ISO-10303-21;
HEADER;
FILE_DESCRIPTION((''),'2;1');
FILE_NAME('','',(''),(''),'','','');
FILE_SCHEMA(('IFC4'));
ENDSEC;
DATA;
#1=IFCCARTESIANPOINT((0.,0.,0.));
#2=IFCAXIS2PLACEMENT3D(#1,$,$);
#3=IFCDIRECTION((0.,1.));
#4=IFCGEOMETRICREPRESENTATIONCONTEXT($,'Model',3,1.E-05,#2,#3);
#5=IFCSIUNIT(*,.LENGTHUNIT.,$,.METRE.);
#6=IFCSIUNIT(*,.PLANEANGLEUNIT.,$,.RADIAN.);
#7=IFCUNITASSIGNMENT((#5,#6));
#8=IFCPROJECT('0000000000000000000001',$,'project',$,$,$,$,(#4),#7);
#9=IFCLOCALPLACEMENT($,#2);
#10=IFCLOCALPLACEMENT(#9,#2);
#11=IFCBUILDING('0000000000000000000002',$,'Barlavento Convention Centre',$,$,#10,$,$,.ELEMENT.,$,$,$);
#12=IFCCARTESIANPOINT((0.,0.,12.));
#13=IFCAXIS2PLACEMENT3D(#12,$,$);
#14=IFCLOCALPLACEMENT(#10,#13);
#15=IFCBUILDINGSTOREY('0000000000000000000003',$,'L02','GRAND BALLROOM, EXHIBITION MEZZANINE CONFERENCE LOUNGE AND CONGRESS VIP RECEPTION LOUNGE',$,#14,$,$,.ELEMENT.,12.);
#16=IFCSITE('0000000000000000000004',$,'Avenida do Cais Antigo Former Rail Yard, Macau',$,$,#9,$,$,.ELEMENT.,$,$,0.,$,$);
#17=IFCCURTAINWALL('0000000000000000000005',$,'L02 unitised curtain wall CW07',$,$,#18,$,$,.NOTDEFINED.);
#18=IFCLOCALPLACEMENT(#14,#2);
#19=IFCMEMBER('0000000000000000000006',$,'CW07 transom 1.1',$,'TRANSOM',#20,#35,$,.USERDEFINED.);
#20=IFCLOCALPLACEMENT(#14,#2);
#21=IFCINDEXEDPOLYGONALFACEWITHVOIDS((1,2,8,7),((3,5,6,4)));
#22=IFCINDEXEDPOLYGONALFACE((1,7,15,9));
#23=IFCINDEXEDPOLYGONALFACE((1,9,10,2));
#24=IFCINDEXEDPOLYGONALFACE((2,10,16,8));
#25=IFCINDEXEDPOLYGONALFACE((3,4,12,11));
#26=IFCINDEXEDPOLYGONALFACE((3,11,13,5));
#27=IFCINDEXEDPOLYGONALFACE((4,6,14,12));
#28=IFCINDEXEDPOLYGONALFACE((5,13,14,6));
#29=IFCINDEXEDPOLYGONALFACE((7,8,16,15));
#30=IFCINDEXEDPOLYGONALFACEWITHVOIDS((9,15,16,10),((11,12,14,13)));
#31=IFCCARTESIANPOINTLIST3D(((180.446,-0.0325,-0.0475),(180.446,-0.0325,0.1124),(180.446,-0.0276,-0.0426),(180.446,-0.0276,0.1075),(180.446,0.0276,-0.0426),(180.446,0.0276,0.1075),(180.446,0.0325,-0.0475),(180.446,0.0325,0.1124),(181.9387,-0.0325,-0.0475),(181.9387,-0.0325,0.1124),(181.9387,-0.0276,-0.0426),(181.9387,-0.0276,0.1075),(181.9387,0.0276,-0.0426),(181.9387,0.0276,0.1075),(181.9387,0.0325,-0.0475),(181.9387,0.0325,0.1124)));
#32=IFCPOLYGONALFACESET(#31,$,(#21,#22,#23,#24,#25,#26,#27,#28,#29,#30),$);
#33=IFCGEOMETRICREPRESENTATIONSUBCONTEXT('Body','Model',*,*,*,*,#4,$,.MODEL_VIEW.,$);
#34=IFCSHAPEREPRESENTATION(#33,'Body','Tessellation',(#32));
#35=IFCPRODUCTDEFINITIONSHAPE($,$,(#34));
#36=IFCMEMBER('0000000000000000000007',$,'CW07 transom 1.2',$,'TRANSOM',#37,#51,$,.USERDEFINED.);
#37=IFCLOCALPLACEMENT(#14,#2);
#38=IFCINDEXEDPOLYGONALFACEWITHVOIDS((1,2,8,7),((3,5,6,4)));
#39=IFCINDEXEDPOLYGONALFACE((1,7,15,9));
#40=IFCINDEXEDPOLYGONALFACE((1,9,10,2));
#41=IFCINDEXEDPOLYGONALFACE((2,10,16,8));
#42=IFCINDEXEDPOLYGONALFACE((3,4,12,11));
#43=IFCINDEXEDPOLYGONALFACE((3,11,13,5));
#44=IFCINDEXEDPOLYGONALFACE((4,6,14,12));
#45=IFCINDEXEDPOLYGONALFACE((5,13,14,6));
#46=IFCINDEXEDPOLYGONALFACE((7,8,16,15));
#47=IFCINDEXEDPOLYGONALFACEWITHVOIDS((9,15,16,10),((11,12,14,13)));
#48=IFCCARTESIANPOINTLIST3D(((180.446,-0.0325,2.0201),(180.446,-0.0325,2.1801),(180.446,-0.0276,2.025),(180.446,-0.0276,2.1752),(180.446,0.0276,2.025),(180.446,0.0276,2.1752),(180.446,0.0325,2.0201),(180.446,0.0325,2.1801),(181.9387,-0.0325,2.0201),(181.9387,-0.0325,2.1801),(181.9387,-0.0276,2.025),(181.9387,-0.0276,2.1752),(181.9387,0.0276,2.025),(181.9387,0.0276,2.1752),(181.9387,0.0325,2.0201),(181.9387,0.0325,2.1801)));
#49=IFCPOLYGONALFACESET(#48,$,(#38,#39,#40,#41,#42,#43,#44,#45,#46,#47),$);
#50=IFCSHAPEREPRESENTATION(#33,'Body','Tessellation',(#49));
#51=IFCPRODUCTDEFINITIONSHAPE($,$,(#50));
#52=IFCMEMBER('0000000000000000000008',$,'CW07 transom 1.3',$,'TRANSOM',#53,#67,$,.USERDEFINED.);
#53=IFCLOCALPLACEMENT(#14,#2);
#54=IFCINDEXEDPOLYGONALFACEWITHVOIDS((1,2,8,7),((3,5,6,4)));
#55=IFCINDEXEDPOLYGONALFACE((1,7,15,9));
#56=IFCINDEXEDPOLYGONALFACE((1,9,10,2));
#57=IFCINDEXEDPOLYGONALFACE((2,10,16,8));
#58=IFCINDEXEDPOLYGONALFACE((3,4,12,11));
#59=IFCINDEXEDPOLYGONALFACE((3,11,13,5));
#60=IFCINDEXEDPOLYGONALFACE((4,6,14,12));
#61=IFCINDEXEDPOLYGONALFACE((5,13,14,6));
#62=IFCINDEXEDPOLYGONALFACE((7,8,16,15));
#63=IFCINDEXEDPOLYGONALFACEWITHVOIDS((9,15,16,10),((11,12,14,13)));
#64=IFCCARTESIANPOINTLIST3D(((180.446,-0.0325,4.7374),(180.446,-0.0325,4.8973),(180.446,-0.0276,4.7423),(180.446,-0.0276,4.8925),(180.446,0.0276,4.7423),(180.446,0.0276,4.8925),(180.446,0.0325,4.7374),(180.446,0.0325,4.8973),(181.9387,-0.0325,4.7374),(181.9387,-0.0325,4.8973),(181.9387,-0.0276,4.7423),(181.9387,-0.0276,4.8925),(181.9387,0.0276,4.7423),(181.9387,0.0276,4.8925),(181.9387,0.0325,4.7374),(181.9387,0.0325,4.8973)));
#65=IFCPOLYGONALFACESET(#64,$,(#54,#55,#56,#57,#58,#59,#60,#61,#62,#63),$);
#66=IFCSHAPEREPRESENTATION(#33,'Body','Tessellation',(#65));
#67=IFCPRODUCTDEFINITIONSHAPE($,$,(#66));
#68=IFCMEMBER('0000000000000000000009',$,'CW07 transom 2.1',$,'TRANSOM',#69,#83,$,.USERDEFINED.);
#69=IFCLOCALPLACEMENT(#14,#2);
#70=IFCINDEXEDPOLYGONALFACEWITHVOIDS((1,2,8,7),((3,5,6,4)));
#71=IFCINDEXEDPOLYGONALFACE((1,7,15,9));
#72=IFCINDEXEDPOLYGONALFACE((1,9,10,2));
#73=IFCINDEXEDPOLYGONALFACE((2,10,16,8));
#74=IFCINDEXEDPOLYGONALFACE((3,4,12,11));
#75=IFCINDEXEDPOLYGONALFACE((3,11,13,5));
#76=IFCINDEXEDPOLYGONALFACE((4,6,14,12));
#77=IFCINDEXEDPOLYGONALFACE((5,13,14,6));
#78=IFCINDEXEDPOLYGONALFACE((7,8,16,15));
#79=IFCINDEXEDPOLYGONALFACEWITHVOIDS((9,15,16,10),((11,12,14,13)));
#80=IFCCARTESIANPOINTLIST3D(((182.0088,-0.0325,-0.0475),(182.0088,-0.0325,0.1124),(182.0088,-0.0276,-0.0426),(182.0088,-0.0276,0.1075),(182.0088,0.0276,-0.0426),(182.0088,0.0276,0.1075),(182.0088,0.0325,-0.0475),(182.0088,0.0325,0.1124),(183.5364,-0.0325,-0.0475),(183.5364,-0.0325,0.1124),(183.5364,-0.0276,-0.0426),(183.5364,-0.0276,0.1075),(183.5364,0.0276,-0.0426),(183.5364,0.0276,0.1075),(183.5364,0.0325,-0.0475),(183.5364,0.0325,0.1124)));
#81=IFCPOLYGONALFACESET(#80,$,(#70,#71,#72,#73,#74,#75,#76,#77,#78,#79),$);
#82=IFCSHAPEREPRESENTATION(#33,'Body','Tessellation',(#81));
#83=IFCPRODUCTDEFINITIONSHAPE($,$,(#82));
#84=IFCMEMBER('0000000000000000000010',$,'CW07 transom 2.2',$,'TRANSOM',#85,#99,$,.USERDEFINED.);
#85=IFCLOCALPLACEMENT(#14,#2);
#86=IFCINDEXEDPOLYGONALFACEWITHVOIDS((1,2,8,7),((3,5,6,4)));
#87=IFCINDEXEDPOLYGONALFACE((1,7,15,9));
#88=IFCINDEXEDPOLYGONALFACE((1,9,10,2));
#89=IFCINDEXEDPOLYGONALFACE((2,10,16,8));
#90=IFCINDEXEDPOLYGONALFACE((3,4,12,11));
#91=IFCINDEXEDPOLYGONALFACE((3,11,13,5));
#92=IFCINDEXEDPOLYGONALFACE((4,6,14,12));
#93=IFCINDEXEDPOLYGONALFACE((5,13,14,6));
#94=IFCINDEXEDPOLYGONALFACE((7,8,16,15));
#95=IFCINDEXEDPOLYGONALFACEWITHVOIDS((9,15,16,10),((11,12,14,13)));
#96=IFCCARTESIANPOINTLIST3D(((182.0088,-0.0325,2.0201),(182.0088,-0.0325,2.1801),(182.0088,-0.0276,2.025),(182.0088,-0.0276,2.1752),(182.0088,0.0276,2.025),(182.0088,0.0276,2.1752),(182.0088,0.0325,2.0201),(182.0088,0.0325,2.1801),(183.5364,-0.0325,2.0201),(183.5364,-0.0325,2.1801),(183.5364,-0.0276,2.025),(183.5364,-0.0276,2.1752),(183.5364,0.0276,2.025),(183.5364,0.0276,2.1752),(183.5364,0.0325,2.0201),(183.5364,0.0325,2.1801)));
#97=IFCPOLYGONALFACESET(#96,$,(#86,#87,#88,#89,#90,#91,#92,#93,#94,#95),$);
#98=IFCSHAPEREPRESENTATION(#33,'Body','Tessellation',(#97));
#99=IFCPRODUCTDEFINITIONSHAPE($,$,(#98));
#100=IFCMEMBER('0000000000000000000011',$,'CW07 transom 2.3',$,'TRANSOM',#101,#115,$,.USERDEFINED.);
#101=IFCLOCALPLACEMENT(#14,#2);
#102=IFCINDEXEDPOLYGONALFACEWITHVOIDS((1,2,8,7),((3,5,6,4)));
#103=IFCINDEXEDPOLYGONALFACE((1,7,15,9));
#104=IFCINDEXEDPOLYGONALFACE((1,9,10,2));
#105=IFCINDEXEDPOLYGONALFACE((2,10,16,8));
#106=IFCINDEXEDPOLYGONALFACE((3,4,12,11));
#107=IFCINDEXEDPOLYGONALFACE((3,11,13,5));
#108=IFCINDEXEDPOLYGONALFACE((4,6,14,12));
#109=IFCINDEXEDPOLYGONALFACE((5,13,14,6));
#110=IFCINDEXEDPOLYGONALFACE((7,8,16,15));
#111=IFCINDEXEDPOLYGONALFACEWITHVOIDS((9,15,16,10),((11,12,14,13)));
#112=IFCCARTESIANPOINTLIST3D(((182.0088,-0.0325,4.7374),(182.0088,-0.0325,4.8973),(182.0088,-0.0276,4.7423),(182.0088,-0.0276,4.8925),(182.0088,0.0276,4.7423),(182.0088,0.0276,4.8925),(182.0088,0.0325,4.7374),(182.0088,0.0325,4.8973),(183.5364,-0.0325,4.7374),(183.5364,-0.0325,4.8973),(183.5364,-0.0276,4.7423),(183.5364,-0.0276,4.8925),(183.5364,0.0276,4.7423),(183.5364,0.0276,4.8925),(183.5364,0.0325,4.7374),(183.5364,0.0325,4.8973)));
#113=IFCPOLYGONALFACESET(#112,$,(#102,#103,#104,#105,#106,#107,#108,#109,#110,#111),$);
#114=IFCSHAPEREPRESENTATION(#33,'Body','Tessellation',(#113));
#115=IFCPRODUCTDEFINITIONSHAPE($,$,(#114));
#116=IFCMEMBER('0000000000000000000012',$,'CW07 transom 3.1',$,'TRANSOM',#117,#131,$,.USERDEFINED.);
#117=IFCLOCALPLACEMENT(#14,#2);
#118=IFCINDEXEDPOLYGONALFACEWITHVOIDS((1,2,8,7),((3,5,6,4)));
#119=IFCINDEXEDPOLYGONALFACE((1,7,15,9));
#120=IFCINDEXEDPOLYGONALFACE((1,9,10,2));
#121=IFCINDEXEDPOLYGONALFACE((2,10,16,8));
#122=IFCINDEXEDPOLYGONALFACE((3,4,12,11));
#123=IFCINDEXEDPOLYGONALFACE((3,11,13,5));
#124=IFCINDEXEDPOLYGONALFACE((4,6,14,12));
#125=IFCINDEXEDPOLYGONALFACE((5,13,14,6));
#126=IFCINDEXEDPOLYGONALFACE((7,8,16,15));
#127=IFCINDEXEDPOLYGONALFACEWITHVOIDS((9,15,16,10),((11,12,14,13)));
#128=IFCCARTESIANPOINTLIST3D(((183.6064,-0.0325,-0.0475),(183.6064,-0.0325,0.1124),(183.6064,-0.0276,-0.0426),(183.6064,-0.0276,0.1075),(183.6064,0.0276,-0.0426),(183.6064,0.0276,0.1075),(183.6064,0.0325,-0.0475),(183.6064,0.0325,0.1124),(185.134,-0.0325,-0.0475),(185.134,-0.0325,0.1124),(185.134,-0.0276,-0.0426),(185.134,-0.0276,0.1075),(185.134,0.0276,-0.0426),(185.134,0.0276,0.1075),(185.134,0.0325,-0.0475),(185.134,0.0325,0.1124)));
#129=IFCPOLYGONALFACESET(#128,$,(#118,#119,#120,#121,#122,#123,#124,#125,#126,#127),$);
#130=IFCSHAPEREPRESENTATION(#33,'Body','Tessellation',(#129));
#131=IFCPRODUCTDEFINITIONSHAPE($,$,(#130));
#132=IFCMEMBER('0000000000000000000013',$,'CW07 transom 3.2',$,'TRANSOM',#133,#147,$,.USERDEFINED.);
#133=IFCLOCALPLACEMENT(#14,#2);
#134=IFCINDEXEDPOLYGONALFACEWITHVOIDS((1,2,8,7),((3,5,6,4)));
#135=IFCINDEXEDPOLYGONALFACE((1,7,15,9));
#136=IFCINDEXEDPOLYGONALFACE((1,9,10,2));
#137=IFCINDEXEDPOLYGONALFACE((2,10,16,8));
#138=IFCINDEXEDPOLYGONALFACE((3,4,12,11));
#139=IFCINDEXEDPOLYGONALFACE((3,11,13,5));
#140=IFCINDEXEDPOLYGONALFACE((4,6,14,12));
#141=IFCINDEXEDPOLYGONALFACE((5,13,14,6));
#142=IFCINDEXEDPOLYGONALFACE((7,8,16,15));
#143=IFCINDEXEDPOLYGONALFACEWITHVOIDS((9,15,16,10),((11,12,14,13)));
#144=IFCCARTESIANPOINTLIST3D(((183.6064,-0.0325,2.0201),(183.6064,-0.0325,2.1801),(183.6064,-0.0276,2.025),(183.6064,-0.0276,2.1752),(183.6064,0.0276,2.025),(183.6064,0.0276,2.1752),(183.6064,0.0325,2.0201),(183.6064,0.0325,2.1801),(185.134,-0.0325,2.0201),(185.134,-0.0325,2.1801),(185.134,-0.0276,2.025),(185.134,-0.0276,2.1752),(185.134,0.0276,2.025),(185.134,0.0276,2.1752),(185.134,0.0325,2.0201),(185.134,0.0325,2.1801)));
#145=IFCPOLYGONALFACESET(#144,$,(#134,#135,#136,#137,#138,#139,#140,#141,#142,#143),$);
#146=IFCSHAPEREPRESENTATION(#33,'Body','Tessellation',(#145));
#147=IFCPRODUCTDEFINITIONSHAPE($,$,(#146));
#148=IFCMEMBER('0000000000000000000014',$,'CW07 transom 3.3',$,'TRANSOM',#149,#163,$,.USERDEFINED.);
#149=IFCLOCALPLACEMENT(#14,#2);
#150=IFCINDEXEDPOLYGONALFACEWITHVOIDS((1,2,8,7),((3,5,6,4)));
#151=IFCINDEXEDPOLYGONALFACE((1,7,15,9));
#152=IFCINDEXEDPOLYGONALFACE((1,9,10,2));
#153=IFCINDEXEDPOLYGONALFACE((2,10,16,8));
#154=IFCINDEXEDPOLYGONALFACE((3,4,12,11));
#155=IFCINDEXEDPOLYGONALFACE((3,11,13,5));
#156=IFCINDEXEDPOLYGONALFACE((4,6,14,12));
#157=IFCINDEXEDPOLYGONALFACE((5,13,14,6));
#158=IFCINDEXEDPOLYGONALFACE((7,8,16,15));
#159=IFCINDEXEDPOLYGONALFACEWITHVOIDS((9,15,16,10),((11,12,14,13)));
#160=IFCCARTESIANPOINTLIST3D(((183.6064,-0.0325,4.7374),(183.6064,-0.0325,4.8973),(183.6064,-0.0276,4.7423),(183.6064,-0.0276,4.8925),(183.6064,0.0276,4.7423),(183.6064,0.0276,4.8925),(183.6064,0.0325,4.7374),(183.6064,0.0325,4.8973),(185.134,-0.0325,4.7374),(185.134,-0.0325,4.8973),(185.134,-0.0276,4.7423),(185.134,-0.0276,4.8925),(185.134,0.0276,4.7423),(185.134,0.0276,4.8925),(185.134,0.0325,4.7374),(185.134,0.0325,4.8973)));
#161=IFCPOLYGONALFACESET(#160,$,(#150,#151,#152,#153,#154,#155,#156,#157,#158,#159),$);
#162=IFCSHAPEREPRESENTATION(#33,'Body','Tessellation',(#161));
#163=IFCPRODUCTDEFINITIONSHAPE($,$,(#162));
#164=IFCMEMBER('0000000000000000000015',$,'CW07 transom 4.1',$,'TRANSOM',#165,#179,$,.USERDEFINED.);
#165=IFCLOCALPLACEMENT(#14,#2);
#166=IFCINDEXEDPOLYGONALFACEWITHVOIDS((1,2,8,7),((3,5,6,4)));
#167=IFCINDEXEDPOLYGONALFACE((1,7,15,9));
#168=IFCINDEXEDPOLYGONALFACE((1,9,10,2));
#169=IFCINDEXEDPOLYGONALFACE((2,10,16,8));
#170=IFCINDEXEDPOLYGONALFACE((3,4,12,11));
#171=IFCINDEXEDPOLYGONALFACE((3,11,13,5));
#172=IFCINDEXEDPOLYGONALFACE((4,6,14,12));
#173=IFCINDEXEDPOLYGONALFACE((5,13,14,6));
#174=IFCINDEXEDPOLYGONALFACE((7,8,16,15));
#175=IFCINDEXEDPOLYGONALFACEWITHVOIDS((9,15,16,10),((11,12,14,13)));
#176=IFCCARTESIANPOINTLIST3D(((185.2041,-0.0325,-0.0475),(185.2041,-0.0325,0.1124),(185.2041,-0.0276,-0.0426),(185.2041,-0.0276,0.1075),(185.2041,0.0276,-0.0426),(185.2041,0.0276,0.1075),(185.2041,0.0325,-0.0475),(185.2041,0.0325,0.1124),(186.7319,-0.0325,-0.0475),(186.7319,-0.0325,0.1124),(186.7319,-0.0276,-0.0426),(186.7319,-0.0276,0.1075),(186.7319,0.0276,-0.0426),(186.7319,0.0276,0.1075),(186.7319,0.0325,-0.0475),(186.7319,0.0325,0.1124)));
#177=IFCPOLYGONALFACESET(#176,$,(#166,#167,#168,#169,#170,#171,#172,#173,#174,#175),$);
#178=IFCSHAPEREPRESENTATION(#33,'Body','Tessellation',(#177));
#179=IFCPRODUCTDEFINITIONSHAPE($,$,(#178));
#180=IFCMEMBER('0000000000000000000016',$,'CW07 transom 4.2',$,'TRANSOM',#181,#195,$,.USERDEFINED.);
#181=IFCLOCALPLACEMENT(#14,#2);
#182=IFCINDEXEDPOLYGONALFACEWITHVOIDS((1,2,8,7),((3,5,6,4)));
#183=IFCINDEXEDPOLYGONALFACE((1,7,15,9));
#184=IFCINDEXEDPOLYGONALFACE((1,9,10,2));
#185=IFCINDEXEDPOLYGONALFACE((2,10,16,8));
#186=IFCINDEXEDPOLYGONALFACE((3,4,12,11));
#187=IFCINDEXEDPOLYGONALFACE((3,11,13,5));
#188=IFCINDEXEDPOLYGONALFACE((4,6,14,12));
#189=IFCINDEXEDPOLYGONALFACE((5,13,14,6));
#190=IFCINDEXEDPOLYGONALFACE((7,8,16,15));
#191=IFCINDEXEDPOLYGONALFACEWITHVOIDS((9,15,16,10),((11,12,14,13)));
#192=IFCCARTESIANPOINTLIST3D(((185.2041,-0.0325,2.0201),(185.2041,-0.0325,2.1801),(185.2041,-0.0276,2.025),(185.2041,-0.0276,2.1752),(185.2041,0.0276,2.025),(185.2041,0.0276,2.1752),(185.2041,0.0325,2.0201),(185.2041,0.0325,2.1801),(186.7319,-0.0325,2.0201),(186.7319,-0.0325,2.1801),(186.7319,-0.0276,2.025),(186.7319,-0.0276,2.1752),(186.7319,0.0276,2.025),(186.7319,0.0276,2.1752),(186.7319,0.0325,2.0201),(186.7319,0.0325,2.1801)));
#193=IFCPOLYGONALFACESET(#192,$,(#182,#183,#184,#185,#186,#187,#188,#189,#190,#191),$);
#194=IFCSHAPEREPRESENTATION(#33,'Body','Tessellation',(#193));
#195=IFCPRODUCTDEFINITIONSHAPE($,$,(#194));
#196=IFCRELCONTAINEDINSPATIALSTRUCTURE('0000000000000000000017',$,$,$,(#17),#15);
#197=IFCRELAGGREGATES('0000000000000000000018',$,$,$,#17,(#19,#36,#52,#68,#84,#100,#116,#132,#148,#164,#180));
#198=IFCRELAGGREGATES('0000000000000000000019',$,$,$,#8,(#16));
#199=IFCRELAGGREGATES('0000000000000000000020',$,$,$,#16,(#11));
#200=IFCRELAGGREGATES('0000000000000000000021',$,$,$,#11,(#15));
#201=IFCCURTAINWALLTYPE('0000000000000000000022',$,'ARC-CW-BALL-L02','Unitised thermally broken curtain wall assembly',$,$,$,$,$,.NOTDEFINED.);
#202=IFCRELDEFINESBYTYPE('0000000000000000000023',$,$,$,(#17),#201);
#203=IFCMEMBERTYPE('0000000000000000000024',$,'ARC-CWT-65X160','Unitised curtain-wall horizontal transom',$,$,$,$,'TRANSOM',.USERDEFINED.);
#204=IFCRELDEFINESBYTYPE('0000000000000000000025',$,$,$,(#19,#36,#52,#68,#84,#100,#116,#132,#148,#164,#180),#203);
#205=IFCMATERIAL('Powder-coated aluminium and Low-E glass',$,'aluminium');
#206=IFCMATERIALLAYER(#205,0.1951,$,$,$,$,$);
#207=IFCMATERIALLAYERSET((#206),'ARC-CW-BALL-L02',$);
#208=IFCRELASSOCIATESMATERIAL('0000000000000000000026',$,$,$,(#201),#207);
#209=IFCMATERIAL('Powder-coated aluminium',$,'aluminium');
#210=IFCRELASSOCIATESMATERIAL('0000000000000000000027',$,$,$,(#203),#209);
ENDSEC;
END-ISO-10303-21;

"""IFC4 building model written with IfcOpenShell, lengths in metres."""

from ifc_helpers import new_model, si_unit, direction, frame, origin, origin_2d, place, context, subcontext, project, spatial, hollow_rectangle, extrude, material, layer, layer_set, material_profile, profile_set, type_object, element, aggregate, save


model = new_model("IFC4")

# Units and contexts
model_context = context("Model", 3, precision=1e-05, world=origin(), true_north=direction((0.0, 1.0)))
body_context = subcontext(model_context, "Body", "Model", "MODEL_VIEW")
ifc_project = project(units=[si_unit("LENGTHUNIT", "METRE"), si_unit("PLANEANGLEUNIT", "RADIAN")], contexts=[model_context])

# Site, building, storey
site_placement = place(None, origin())
site = spatial("IfcSite", under=ifc_project, at=site_placement, Name="Avenida do Cais Antigo Former Rail Yard, Macau", CompositionType="ELEMENT", RefElevation=0.0)
building_placement = place(site_placement, origin())
building = spatial("IfcBuilding", under=site, at=building_placement, Name="Barlavento Convention Centre", CompositionType="ELEMENT")
storey_placement = place(building_placement, frame((0.0, 0.0, 12.0)))
storey = spatial("IfcBuildingStorey", under=building, at=storey_placement, Name="L02", Description="GRAND BALLROOM, EXHIBITION MEZZANINE CONFERENCE LOUNGE AND CONGRESS VIP RECEPTION LOUNGE", CompositionType="ELEMENT", Elevation=12.0)

# Curtain wall, members
ifc_material_1 = material(Name="Powder-coated aluminium and Low-E glass", Category="aluminium")
ifc_layer_1 = layer(ifc_material_1, 0.1951)
ifc_layer_set_1 = layer_set([ifc_layer_1], Name="ARC-CW-BALL-L02")
curtain_wall_type = type_object("IfcCurtainWallType", Name="ARC-CW-BALL-L02", Description="Unitised thermally broken curtain wall assembly", PredefinedType="NOTDEFINED", material=ifc_layer_set_1)
curtain_wall_placement = place(storey_placement, origin())
curtain_wall = element("IfcCurtainWall", 1, at=curtain_wall_placement, inside=storey, type_object=curtain_wall_type, Name="L02 unitised curtain wall CW07", PredefinedType="NOTDEFINED")
ifc_material_2 = material(Name="Powder-coated aluminium", Category="aluminium")
ifc_material_profile_1 = material_profile(ifc_material_2, hollow_rectangle(XDim=0.0649, YDim=0.1599, WallThickness=0.0049, at=origin_2d()), Name="AL-TRAN 65x160x5")
ifc_profile_set_1 = profile_set([ifc_material_profile_1], Name="Powder-coated aluminium")
member_type_1 = type_object("IfcMemberType", Name="ARC-CWT-65X160", Description="Unitised curtain-wall horizontal transom", ElementType="TRANSOM", PredefinedType="USERDEFINED", material=ifc_profile_set_1)
member_1_placement = place(storey_placement, frame((180.446, 0.0, 0.0325), z_axis=(1.0, 0.0, 0.0), x_axis=(0.0, 1.0, 0.0)))
member_1 = element("IfcMember", 2, at=member_1_placement, type_object=member_type_1, Name="CW07 transom 1.1", ObjectType="TRANSOM", PredefinedType="USERDEFINED", context=body_context, shape_type="SweptSolid", body=[
    extrude(hollow_rectangle(XDim=0.0649, YDim=0.1599, WallThickness=0.0049, at=origin_2d()), origin(), (0.0, 0.0, 1.0), 1.4927),
])
member_2_placement = place(storey_placement, frame((180.446, 0.0, 2.1001), z_axis=(1.0, 0.0, 0.0), x_axis=(0.0, 1.0, 0.0)))
member_2 = element("IfcMember", 3, at=member_2_placement, type_object=member_type_1, Name="CW07 transom 1.2", ObjectType="TRANSOM", PredefinedType="USERDEFINED", context=body_context, shape_type="SweptSolid", body=[
    extrude(hollow_rectangle(XDim=0.0649, YDim=0.1599, WallThickness=0.0049, at=origin_2d()), origin(), (0.0, 0.0, 1.0), 1.4927),
])
member_3_placement = place(storey_placement, frame((180.446, 0.0, 4.8174), z_axis=(1.0, 0.0, 0.0), x_axis=(0.0, 1.0, 0.0)))
member_3 = element("IfcMember", 4, at=member_3_placement, type_object=member_type_1, Name="CW07 transom 1.3", ObjectType="TRANSOM", PredefinedType="USERDEFINED", context=body_context, shape_type="SweptSolid", body=[
    extrude(hollow_rectangle(XDim=0.0649, YDim=0.1599, WallThickness=0.0049, at=origin_2d()), origin(), (0.0, 0.0, 1.0), 1.4927),
])
member_4_placement = place(storey_placement, frame((182.0088, 0.0, 0.0325), z_axis=(1.0, 0.0, 0.0), x_axis=(0.0, 1.0, 0.0)))
member_4 = element("IfcMember", 5, at=member_4_placement, type_object=member_type_1, Name="CW07 transom 2.1", ObjectType="TRANSOM", PredefinedType="USERDEFINED", context=body_context, shape_type="SweptSolid", body=[
    extrude(hollow_rectangle(XDim=0.0649, YDim=0.1599, WallThickness=0.0049, at=origin_2d()), origin(), (0.0, 0.0, 1.0), 1.5276),
])
member_5_placement = place(storey_placement, frame((182.0088, 0.0, 2.1001), z_axis=(1.0, 0.0, 0.0), x_axis=(0.0, 1.0, 0.0)))
member_5 = element("IfcMember", 6, at=member_5_placement, type_object=member_type_1, Name="CW07 transom 2.2", ObjectType="TRANSOM", PredefinedType="USERDEFINED", context=body_context, shape_type="SweptSolid", body=[
    extrude(hollow_rectangle(XDim=0.0649, YDim=0.1599, WallThickness=0.0049, at=origin_2d()), origin(), (0.0, 0.0, 1.0), 1.5276),
])
member_6_placement = place(storey_placement, frame((182.0088, 0.0, 4.8174), z_axis=(1.0, 0.0, 0.0), x_axis=(0.0, 1.0, 0.0)))
member_6 = element("IfcMember", 7, at=member_6_placement, type_object=member_type_1, Name="CW07 transom 2.3", ObjectType="TRANSOM", PredefinedType="USERDEFINED", context=body_context, shape_type="SweptSolid", body=[
    extrude(hollow_rectangle(XDim=0.0649, YDim=0.1599, WallThickness=0.0049, at=origin_2d()), origin(), (0.0, 0.0, 1.0), 1.5276),
])
member_7_placement = place(storey_placement, frame((183.6064, 0.0, 0.0325), z_axis=(1.0, 0.0, 0.0), x_axis=(0.0, 1.0, 0.0)))
member_7 = element("IfcMember", 8, at=member_7_placement, type_object=member_type_1, Name="CW07 transom 3.1", ObjectType="TRANSOM", PredefinedType="USERDEFINED", context=body_context, shape_type="SweptSolid", body=[
    extrude(hollow_rectangle(XDim=0.0649, YDim=0.1599, WallThickness=0.0049, at=origin_2d()), origin(), (0.0, 0.0, 1.0), 1.5276),
])
member_8_placement = place(storey_placement, frame((183.6064, 0.0, 2.1001), z_axis=(1.0, 0.0, 0.0), x_axis=(0.0, 1.0, 0.0)))
member_8 = element("IfcMember", 9, at=member_8_placement, type_object=member_type_1, Name="CW07 transom 3.2", ObjectType="TRANSOM", PredefinedType="USERDEFINED", context=body_context, shape_type="SweptSolid", body=[
    extrude(hollow_rectangle(XDim=0.0649, YDim=0.1599, WallThickness=0.0049, at=origin_2d()), origin(), (0.0, 0.0, 1.0), 1.5276),
])
member_9_placement = place(storey_placement, frame((183.6064, 0.0, 4.8174), z_axis=(1.0, 0.0, 0.0), x_axis=(0.0, 1.0, 0.0)))
member_9 = element("IfcMember", 10, at=member_9_placement, type_object=member_type_1, Name="CW07 transom 3.3", ObjectType="TRANSOM", PredefinedType="USERDEFINED", context=body_context, shape_type="SweptSolid", body=[
    extrude(hollow_rectangle(XDim=0.0649, YDim=0.1599, WallThickness=0.0049, at=origin_2d()), origin(), (0.0, 0.0, 1.0), 1.5276),
])
member_10_placement = place(storey_placement, frame((185.2041, 0.0, 0.0325), z_axis=(1.0, 0.0, 0.0), x_axis=(0.0, 1.0, 0.0)))
member_10 = element("IfcMember", 11, at=member_10_placement, type_object=member_type_1, Name="CW07 transom 4.1", ObjectType="TRANSOM", PredefinedType="USERDEFINED", context=body_context, shape_type="SweptSolid", body=[
    extrude(hollow_rectangle(XDim=0.0649, YDim=0.1599, WallThickness=0.0049, at=origin_2d()), origin(), (0.0, 0.0, 1.0), 1.5278),
])
member_11_placement = place(storey_placement, frame((185.2041, 0.0, 2.1001), z_axis=(1.0, 0.0, 0.0), x_axis=(0.0, 1.0, 0.0)))
member_11 = element("IfcMember", 12, at=member_11_placement, type_object=member_type_1, Name="CW07 transom 4.2", ObjectType="TRANSOM", PredefinedType="USERDEFINED", context=body_context, shape_type="SweptSolid", body=[
    extrude(hollow_rectangle(XDim=0.0649, YDim=0.1599, WallThickness=0.0049, at=origin_2d()), origin(), (0.0, 0.0, 1.0), 1.5278),
])

aggregate(curtain_wall, [member_1, member_2, member_3, member_4, member_5, member_6, member_7, member_8, member_9, member_10, member_11])

save(model, "model.ifc")
